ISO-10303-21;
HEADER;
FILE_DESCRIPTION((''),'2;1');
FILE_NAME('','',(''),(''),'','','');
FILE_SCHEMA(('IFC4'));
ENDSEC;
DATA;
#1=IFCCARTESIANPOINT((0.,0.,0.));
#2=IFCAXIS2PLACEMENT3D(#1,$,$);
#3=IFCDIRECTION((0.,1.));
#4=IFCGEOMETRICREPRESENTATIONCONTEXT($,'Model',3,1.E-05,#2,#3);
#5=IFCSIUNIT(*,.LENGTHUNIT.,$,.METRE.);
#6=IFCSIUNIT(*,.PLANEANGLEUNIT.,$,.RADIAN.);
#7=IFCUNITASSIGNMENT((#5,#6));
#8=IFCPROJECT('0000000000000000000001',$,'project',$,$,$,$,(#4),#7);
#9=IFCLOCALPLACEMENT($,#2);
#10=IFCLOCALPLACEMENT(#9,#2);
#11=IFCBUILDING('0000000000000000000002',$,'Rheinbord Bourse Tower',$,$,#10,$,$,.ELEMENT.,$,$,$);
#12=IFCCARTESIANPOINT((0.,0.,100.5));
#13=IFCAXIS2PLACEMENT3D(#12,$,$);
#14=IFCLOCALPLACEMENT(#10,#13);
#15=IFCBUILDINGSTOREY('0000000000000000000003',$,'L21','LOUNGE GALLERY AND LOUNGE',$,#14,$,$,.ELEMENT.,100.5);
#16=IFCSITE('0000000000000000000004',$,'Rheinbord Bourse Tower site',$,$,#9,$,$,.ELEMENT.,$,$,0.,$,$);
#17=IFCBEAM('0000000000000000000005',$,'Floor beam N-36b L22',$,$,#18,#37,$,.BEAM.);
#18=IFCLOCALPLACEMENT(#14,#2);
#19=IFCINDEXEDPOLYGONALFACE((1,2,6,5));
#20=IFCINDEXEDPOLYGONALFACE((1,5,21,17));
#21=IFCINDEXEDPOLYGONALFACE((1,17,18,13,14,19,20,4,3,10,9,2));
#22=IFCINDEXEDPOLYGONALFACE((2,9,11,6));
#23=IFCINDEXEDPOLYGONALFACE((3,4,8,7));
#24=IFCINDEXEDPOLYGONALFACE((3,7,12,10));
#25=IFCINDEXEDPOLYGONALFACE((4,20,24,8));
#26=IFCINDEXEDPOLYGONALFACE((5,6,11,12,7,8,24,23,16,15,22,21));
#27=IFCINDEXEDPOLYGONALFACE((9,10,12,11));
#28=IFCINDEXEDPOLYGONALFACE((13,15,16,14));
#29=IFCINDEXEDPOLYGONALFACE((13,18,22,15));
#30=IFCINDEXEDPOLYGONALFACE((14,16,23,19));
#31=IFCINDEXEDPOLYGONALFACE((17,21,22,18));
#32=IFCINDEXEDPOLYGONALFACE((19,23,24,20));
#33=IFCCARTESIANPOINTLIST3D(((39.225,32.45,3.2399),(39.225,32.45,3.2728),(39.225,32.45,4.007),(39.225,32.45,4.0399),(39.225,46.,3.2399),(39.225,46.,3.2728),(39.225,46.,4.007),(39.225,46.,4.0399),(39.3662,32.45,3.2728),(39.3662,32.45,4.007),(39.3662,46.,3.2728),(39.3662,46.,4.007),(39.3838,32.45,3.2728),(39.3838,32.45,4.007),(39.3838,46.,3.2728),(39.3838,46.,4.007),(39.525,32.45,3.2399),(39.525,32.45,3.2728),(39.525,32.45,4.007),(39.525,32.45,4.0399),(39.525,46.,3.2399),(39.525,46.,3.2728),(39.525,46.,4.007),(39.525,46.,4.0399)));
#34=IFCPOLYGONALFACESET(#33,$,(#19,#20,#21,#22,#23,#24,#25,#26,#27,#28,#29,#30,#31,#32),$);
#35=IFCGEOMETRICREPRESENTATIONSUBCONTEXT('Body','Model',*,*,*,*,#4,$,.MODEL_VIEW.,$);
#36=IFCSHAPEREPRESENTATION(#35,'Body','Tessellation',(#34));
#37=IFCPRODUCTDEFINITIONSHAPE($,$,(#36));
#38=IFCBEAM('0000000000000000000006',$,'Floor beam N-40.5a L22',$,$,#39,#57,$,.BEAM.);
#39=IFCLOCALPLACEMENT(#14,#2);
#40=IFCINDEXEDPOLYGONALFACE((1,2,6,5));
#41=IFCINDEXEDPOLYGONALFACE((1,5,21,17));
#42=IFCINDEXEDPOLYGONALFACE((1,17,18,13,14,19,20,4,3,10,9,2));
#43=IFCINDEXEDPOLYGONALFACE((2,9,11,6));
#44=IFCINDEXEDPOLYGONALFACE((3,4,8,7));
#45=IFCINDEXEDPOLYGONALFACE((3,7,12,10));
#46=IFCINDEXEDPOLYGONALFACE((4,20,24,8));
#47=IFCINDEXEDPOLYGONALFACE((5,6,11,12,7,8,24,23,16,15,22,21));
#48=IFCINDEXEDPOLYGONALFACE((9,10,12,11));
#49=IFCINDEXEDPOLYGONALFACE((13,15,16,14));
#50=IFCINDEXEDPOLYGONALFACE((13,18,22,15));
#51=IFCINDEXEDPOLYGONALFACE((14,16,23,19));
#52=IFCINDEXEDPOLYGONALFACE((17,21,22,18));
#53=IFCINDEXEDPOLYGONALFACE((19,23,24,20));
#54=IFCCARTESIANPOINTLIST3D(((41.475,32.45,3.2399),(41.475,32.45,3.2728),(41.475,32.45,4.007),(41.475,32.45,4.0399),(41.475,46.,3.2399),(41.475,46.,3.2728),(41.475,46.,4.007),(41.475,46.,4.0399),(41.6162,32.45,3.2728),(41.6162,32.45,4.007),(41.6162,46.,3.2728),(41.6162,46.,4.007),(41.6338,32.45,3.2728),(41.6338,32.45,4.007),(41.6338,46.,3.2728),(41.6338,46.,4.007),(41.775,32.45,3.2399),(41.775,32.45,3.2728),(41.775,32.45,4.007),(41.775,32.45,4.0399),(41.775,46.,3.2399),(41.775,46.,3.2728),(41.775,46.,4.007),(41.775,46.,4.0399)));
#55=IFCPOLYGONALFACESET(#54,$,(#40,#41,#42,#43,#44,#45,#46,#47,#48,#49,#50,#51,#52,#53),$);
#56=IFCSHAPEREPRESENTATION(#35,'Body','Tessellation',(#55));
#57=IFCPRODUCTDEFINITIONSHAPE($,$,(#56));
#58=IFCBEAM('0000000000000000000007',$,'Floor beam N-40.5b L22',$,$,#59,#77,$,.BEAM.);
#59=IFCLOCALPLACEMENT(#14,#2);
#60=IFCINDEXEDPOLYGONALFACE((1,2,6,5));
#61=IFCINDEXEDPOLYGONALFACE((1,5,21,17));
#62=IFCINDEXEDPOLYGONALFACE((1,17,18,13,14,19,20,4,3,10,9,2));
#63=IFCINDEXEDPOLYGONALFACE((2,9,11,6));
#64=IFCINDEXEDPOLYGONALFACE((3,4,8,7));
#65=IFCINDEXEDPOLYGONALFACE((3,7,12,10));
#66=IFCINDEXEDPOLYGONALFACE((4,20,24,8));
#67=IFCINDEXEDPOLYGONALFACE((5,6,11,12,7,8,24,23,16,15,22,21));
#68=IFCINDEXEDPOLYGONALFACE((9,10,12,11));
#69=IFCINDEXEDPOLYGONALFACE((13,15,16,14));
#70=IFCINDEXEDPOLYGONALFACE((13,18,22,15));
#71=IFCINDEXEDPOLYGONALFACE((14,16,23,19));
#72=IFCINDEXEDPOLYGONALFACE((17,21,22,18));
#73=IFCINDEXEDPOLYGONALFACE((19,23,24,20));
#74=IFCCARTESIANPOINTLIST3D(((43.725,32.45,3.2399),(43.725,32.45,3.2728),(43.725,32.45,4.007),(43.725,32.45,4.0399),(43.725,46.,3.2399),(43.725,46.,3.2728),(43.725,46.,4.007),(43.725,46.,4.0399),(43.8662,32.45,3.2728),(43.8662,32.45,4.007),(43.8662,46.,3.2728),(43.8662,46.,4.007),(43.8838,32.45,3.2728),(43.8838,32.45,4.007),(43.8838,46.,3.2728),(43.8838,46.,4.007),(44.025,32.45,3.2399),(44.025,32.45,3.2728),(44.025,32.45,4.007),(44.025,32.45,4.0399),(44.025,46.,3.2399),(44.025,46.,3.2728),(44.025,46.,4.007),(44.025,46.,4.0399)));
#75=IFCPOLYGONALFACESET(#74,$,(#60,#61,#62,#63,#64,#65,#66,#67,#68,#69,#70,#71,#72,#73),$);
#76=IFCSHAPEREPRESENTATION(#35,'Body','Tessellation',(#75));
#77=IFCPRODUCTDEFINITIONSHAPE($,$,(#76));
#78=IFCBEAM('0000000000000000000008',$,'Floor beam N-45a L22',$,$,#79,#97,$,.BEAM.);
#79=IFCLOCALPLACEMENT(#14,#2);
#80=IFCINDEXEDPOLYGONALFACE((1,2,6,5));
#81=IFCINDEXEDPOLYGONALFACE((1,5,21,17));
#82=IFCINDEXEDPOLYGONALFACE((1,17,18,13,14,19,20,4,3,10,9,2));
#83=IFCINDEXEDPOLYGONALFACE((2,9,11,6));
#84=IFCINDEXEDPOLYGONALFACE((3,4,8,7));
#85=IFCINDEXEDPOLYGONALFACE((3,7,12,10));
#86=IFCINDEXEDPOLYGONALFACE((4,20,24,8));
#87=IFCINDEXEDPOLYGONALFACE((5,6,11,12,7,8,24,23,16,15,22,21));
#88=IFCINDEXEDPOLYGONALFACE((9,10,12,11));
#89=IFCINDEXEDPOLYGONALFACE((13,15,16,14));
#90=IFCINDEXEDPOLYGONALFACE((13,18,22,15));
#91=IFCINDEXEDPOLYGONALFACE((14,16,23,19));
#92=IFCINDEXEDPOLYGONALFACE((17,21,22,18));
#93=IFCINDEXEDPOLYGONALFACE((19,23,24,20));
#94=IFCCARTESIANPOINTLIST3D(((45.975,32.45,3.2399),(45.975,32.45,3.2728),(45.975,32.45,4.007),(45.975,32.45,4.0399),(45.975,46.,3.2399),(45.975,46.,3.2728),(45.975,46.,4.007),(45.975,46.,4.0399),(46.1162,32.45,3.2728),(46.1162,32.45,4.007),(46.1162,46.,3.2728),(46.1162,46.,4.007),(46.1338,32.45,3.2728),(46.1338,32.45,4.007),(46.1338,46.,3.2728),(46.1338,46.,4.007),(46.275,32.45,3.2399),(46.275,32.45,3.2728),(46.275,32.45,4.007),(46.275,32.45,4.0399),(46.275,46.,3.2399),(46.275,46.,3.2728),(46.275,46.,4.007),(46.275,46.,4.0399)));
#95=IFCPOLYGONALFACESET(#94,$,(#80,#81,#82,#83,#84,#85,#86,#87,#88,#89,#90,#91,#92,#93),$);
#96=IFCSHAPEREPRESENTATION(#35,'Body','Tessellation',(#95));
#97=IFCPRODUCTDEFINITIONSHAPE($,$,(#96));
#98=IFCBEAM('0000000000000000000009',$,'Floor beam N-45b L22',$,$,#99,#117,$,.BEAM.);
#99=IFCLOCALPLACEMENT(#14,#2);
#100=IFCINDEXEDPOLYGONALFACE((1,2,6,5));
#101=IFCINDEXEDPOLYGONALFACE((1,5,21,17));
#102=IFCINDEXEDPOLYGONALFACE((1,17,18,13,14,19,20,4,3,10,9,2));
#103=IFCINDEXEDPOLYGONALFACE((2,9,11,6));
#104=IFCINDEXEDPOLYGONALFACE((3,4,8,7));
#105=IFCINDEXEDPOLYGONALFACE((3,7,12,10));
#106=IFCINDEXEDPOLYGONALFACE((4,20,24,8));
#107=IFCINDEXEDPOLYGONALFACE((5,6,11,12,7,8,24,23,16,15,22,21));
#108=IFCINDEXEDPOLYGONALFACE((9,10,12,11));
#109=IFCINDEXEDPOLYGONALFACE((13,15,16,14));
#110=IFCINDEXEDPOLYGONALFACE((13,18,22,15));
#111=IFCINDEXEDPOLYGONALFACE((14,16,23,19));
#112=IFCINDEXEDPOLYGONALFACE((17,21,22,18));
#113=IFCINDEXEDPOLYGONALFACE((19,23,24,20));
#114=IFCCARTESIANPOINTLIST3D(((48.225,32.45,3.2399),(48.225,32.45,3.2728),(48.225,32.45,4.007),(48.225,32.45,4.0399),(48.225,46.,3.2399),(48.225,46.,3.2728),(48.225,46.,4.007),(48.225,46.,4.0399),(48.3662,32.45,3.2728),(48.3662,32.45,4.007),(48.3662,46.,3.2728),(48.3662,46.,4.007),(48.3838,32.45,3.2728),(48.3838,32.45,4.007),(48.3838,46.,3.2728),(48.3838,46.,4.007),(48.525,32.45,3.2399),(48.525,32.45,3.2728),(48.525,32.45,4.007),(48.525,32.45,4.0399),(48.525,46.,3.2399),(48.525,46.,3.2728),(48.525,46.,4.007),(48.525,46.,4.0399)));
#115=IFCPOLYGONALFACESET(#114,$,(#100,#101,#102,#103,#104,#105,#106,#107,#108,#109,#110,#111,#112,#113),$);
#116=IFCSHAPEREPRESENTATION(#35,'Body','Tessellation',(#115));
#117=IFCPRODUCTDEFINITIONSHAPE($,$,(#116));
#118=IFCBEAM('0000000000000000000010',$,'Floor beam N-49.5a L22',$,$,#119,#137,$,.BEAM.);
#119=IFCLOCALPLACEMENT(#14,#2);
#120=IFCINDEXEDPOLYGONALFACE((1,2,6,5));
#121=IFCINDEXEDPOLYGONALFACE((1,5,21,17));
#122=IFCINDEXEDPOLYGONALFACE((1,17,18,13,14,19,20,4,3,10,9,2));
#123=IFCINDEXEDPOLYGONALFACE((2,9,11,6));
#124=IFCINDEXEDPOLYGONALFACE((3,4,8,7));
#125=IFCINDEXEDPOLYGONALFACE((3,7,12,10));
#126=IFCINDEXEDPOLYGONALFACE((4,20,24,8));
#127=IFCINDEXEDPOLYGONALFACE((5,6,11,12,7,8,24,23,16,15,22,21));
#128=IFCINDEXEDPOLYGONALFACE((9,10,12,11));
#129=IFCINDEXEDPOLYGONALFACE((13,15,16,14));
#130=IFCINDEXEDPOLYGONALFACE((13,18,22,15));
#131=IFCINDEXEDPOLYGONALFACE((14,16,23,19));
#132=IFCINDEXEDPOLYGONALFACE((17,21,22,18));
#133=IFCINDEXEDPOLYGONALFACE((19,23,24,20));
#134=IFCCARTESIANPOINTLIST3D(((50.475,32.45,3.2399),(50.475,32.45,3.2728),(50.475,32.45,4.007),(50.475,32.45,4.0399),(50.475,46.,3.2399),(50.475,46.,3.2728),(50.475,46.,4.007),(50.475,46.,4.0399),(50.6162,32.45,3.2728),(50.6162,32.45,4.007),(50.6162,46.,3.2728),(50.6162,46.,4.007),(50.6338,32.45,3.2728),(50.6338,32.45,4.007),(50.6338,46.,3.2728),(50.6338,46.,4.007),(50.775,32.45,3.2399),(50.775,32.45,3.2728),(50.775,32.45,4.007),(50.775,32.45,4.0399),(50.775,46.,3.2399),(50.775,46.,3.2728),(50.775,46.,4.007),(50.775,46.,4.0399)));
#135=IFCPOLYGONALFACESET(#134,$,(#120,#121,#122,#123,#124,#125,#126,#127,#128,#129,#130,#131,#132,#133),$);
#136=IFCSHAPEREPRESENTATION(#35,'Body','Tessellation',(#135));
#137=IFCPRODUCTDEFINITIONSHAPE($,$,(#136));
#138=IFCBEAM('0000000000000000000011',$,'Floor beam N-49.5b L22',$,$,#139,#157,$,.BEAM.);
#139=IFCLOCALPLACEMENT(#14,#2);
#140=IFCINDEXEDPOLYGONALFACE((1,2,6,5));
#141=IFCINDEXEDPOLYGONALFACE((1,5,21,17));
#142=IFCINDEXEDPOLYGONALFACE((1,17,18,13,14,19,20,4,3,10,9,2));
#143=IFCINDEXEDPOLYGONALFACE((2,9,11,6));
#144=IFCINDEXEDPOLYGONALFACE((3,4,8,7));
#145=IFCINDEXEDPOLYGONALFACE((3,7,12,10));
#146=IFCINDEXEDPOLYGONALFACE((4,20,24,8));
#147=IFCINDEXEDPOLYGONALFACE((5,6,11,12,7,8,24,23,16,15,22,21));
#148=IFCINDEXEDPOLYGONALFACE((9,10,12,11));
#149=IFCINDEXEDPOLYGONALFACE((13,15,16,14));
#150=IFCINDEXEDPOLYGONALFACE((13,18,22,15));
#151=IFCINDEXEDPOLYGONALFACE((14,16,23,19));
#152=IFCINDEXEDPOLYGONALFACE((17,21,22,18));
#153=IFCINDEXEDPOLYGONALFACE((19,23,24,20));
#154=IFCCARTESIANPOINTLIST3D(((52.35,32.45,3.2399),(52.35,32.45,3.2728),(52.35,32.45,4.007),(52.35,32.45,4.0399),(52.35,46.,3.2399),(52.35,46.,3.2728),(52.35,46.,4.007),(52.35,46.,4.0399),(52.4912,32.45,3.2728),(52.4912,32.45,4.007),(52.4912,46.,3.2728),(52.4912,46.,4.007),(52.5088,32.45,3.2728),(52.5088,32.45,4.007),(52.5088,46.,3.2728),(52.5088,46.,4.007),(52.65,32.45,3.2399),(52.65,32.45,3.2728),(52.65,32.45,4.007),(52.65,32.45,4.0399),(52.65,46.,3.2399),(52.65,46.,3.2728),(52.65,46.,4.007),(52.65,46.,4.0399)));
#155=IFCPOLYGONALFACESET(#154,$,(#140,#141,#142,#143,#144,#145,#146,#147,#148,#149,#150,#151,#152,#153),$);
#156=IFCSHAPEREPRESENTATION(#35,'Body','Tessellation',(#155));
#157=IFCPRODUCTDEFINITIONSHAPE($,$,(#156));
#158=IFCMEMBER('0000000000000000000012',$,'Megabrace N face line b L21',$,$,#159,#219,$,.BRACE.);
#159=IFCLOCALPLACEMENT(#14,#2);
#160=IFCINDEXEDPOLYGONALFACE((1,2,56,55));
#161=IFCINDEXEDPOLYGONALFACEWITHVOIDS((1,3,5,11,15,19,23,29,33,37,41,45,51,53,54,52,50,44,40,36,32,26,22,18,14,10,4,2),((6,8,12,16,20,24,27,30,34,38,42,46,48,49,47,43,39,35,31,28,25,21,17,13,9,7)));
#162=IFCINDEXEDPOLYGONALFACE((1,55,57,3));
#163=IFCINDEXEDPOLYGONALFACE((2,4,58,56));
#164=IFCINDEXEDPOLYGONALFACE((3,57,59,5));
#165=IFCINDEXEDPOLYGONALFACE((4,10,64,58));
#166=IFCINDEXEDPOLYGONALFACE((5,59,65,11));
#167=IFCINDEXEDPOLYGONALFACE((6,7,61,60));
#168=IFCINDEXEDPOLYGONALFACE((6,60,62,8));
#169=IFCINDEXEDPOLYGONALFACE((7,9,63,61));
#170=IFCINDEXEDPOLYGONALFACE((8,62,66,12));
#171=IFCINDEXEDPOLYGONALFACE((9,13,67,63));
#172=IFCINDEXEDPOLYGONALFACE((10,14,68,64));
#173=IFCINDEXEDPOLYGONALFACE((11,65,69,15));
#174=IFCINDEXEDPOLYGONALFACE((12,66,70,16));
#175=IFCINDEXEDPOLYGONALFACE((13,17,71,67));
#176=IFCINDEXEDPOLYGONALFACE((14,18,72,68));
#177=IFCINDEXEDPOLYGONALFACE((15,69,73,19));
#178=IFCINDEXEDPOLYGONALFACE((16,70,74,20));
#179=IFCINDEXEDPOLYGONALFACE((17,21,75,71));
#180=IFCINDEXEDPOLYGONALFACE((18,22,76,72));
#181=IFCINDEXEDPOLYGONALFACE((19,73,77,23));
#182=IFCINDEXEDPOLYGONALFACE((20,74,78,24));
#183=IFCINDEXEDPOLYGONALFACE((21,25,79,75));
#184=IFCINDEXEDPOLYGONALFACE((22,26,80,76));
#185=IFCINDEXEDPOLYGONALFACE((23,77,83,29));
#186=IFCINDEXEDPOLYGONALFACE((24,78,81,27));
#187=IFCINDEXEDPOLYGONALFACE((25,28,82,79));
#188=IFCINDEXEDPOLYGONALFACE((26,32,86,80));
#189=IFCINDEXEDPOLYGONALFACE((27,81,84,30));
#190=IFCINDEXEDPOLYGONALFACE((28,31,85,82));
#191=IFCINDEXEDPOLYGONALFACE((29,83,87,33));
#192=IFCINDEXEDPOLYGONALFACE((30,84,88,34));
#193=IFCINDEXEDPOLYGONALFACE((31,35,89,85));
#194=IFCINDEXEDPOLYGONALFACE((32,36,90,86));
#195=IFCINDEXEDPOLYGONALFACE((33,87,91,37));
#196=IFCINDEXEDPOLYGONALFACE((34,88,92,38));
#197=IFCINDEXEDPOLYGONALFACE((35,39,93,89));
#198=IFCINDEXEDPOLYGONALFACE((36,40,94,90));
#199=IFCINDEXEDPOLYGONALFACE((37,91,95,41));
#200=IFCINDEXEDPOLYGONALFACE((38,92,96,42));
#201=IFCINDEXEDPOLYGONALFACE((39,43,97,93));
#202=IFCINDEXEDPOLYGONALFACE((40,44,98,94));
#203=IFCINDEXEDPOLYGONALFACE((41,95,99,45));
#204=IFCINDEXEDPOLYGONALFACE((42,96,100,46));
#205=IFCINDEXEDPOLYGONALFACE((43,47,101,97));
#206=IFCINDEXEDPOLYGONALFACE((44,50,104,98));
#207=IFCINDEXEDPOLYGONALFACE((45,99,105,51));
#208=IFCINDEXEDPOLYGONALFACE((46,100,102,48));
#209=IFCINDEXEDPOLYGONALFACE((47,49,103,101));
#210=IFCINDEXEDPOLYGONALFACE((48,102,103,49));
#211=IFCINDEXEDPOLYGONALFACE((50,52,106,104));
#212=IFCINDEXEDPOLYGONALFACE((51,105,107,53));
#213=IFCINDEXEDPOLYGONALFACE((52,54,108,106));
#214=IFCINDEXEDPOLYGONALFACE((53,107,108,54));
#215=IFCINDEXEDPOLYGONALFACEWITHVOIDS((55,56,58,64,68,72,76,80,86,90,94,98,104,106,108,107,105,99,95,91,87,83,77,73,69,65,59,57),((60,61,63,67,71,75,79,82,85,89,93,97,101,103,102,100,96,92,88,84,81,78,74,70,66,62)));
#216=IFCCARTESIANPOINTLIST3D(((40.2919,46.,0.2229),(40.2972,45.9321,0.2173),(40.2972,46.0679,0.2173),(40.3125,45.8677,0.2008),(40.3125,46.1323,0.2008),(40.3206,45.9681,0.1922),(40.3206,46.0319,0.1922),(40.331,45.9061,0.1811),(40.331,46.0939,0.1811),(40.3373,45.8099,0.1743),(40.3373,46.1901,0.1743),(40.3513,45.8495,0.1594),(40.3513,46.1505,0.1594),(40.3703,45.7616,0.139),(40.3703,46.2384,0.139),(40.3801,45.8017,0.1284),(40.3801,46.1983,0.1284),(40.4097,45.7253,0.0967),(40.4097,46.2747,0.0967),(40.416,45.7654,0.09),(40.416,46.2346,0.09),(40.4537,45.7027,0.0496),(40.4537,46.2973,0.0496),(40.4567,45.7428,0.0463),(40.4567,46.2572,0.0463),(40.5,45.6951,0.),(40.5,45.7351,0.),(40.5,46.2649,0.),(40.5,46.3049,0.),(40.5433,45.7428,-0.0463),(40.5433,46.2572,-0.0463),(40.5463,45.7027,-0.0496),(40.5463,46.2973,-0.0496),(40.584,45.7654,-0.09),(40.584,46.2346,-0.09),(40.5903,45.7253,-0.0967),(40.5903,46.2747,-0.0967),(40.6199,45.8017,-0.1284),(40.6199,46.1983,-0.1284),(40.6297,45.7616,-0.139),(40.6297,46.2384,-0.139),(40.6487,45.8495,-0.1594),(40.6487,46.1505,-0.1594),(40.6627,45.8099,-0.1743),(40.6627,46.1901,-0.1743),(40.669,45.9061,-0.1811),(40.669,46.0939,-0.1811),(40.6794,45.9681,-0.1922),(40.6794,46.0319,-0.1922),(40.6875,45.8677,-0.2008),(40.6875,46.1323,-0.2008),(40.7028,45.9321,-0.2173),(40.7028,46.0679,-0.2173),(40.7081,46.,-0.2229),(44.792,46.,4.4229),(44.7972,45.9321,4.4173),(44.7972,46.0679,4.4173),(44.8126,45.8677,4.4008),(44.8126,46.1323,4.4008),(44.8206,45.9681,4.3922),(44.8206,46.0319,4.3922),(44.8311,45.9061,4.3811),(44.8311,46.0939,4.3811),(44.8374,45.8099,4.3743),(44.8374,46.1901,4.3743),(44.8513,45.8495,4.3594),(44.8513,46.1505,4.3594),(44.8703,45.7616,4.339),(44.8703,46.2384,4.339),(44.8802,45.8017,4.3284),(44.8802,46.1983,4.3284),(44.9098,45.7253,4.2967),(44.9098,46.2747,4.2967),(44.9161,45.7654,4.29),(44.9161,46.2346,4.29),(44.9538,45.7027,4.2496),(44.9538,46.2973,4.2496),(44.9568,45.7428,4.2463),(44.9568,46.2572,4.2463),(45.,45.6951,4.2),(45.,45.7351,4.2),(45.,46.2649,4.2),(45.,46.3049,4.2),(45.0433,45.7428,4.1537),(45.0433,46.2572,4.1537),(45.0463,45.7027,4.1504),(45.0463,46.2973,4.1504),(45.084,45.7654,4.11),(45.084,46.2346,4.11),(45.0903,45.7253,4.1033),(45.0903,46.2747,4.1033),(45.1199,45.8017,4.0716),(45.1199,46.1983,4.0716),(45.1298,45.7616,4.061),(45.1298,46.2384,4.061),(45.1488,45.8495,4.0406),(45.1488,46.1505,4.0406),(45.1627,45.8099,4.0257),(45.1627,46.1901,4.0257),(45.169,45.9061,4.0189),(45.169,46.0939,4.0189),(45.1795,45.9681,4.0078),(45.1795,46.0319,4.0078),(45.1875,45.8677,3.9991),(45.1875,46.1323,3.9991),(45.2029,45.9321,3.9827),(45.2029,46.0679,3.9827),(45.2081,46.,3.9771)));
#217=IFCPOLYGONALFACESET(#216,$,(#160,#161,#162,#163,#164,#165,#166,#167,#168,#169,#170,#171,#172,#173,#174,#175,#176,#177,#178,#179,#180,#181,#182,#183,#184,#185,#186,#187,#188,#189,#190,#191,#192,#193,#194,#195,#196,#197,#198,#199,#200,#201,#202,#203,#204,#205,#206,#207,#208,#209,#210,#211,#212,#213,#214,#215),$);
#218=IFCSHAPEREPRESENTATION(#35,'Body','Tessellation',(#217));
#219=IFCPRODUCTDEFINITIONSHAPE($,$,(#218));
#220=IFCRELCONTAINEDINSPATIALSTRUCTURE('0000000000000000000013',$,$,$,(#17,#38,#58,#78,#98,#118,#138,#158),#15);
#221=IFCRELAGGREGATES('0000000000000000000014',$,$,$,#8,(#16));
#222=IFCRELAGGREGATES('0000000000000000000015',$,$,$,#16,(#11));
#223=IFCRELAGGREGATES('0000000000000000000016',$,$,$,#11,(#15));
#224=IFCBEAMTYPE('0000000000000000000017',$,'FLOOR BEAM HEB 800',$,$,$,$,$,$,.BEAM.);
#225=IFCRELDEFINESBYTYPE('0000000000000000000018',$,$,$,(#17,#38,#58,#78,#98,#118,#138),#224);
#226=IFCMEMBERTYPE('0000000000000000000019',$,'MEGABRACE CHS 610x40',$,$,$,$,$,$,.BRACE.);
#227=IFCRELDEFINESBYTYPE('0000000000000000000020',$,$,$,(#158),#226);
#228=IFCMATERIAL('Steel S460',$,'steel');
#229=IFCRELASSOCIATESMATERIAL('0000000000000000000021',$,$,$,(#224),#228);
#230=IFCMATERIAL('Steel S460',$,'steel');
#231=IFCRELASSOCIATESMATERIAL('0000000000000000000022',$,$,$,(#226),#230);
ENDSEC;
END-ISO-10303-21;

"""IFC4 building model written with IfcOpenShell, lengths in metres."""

from ifc_helpers import new_model, si_unit, direction, frame, origin, origin_2d, place, context, subcontext, project, spatial, hollow_circle, i_section, extrude, material, material_profile, profile_set, type_object, element, save


model = new_model("IFC4")

# Units and contexts
model_context = context("Model", 3, precision=1e-05, world=origin(), true_north=direction((0.0, 1.0)))
body_context = subcontext(model_context, "Body", "Model", "MODEL_VIEW")
ifc_project = project(units=[si_unit("LENGTHUNIT", "METRE"), si_unit("PLANEANGLEUNIT", "RADIAN")], contexts=[model_context])

# Site, building, storey
site_placement = place(None, origin())
site = spatial("IfcSite", under=ifc_project, at=site_placement, Name="Rheinbord Bourse Tower site", CompositionType="ELEMENT", RefElevation=0.0)
building_placement = place(site_placement, origin())
building = spatial("IfcBuilding", under=site, at=building_placement, Name="Rheinbord Bourse Tower", CompositionType="ELEMENT")
storey_placement = place(building_placement, frame((0.0, 0.0, 100.5)))
storey = spatial("IfcBuildingStorey", under=building, at=storey_placement, Name="L21", Description="LOUNGE GALLERY AND LOUNGE", CompositionType="ELEMENT", Elevation=100.5)

# Beams
ifc_material_1 = material(Name="Steel S460", Category="steel")
ifc_material_profile_1 = material_profile(ifc_material_1, i_section(OverallWidth=0.3, OverallDepth=0.8, WebThickness=0.0176, FlangeThickness=0.033, at=origin_2d()), Name="HEB 800")
ifc_profile_set_1 = profile_set([ifc_material_profile_1], Name="Steel S460")
beam_type_1 = type_object("IfcBeamType", Name="FLOOR BEAM HEB 800", PredefinedType="BEAM", material=ifc_profile_set_1)
for number, where, z_axis, x_axis, name in (
    (1, (39.375, 46.0, 3.6399), (0.0, -1.0, 0.0), (1.0, 0.0, 0.0), "Floor beam N-36b L22"),
    (2, (41.625, 46.0, 3.6399), (0.0, -1.0, 0.0), (1.0, 0.0, 0.0), "Floor beam N-40.5a L22"),
    (3, (43.875, 46.0, 3.6399), (0.0, -1.0, 0.0), (1.0, 0.0, 0.0), "Floor beam N-40.5b L22"),
    (4, (46.125, 46.0, 3.6399), (0.0, -1.0, 0.0), (1.0, 0.0, 0.0), "Floor beam N-45a L22"),
    (5, (48.375, 46.0, 3.6399), (0.0, -1.0, 0.0), (1.0, 0.0, 0.0), "Floor beam N-45b L22"),
    (6, (50.625, 46.0, 3.6399), (0.0, -1.0, 0.0), (1.0, 0.0, 0.0), "Floor beam N-49.5a L22"),
    (7, (52.5, 46.0, 3.6399), (0.0, -1.0, 0.0), (1.0, 0.0, 0.0), "Floor beam N-49.5b L22"),
):
    element("IfcBeam", number, at=place(storey_placement, frame(where, z_axis=z_axis, x_axis=x_axis)), inside=storey, type_object=beam_type_1, Name=name, PredefinedType="BEAM", context=body_context, shape_type="SweptSolid", body=[
        extrude(i_section(OverallWidth=0.3, OverallDepth=0.8, WebThickness=0.0176, FlangeThickness=0.033, at=origin_2d()), origin(), (0.0, 0.0, 1.0), 13.55),
    ])

# Member
ifc_material_2 = material(Name="Steel S460", Category="steel")
ifc_material_profile_2 = material_profile(ifc_material_2, hollow_circle(Radius=0.3049, WallThickness=0.04, at=origin_2d()), Name="CHS 610x40")
ifc_profile_set_2 = profile_set([ifc_material_profile_2], Name="Steel S460")
member_type_1 = type_object("IfcMemberType", Name="MEGABRACE CHS 610x40", PredefinedType="BRACE", material=ifc_profile_set_2)
member_1_placement = place(storey_placement, frame((40.5, 46.0, 0.0), z_axis=(0.731059, 0.0, 0.682314), x_axis=(0.0, 1.0, 0.0)))
element("IfcMember", 8, at=member_1_placement, inside=storey, type_object=member_type_1, Name="Megabrace N face line b L21", PredefinedType="BRACE", context=body_context, shape_type="SweptSolid", body=[
    extrude(hollow_circle(Radius=0.3049, WallThickness=0.04, at=origin_2d()), origin(), (0.0, 0.0, 1.0), 6.1555),
])

save(model, "model.ifc")
